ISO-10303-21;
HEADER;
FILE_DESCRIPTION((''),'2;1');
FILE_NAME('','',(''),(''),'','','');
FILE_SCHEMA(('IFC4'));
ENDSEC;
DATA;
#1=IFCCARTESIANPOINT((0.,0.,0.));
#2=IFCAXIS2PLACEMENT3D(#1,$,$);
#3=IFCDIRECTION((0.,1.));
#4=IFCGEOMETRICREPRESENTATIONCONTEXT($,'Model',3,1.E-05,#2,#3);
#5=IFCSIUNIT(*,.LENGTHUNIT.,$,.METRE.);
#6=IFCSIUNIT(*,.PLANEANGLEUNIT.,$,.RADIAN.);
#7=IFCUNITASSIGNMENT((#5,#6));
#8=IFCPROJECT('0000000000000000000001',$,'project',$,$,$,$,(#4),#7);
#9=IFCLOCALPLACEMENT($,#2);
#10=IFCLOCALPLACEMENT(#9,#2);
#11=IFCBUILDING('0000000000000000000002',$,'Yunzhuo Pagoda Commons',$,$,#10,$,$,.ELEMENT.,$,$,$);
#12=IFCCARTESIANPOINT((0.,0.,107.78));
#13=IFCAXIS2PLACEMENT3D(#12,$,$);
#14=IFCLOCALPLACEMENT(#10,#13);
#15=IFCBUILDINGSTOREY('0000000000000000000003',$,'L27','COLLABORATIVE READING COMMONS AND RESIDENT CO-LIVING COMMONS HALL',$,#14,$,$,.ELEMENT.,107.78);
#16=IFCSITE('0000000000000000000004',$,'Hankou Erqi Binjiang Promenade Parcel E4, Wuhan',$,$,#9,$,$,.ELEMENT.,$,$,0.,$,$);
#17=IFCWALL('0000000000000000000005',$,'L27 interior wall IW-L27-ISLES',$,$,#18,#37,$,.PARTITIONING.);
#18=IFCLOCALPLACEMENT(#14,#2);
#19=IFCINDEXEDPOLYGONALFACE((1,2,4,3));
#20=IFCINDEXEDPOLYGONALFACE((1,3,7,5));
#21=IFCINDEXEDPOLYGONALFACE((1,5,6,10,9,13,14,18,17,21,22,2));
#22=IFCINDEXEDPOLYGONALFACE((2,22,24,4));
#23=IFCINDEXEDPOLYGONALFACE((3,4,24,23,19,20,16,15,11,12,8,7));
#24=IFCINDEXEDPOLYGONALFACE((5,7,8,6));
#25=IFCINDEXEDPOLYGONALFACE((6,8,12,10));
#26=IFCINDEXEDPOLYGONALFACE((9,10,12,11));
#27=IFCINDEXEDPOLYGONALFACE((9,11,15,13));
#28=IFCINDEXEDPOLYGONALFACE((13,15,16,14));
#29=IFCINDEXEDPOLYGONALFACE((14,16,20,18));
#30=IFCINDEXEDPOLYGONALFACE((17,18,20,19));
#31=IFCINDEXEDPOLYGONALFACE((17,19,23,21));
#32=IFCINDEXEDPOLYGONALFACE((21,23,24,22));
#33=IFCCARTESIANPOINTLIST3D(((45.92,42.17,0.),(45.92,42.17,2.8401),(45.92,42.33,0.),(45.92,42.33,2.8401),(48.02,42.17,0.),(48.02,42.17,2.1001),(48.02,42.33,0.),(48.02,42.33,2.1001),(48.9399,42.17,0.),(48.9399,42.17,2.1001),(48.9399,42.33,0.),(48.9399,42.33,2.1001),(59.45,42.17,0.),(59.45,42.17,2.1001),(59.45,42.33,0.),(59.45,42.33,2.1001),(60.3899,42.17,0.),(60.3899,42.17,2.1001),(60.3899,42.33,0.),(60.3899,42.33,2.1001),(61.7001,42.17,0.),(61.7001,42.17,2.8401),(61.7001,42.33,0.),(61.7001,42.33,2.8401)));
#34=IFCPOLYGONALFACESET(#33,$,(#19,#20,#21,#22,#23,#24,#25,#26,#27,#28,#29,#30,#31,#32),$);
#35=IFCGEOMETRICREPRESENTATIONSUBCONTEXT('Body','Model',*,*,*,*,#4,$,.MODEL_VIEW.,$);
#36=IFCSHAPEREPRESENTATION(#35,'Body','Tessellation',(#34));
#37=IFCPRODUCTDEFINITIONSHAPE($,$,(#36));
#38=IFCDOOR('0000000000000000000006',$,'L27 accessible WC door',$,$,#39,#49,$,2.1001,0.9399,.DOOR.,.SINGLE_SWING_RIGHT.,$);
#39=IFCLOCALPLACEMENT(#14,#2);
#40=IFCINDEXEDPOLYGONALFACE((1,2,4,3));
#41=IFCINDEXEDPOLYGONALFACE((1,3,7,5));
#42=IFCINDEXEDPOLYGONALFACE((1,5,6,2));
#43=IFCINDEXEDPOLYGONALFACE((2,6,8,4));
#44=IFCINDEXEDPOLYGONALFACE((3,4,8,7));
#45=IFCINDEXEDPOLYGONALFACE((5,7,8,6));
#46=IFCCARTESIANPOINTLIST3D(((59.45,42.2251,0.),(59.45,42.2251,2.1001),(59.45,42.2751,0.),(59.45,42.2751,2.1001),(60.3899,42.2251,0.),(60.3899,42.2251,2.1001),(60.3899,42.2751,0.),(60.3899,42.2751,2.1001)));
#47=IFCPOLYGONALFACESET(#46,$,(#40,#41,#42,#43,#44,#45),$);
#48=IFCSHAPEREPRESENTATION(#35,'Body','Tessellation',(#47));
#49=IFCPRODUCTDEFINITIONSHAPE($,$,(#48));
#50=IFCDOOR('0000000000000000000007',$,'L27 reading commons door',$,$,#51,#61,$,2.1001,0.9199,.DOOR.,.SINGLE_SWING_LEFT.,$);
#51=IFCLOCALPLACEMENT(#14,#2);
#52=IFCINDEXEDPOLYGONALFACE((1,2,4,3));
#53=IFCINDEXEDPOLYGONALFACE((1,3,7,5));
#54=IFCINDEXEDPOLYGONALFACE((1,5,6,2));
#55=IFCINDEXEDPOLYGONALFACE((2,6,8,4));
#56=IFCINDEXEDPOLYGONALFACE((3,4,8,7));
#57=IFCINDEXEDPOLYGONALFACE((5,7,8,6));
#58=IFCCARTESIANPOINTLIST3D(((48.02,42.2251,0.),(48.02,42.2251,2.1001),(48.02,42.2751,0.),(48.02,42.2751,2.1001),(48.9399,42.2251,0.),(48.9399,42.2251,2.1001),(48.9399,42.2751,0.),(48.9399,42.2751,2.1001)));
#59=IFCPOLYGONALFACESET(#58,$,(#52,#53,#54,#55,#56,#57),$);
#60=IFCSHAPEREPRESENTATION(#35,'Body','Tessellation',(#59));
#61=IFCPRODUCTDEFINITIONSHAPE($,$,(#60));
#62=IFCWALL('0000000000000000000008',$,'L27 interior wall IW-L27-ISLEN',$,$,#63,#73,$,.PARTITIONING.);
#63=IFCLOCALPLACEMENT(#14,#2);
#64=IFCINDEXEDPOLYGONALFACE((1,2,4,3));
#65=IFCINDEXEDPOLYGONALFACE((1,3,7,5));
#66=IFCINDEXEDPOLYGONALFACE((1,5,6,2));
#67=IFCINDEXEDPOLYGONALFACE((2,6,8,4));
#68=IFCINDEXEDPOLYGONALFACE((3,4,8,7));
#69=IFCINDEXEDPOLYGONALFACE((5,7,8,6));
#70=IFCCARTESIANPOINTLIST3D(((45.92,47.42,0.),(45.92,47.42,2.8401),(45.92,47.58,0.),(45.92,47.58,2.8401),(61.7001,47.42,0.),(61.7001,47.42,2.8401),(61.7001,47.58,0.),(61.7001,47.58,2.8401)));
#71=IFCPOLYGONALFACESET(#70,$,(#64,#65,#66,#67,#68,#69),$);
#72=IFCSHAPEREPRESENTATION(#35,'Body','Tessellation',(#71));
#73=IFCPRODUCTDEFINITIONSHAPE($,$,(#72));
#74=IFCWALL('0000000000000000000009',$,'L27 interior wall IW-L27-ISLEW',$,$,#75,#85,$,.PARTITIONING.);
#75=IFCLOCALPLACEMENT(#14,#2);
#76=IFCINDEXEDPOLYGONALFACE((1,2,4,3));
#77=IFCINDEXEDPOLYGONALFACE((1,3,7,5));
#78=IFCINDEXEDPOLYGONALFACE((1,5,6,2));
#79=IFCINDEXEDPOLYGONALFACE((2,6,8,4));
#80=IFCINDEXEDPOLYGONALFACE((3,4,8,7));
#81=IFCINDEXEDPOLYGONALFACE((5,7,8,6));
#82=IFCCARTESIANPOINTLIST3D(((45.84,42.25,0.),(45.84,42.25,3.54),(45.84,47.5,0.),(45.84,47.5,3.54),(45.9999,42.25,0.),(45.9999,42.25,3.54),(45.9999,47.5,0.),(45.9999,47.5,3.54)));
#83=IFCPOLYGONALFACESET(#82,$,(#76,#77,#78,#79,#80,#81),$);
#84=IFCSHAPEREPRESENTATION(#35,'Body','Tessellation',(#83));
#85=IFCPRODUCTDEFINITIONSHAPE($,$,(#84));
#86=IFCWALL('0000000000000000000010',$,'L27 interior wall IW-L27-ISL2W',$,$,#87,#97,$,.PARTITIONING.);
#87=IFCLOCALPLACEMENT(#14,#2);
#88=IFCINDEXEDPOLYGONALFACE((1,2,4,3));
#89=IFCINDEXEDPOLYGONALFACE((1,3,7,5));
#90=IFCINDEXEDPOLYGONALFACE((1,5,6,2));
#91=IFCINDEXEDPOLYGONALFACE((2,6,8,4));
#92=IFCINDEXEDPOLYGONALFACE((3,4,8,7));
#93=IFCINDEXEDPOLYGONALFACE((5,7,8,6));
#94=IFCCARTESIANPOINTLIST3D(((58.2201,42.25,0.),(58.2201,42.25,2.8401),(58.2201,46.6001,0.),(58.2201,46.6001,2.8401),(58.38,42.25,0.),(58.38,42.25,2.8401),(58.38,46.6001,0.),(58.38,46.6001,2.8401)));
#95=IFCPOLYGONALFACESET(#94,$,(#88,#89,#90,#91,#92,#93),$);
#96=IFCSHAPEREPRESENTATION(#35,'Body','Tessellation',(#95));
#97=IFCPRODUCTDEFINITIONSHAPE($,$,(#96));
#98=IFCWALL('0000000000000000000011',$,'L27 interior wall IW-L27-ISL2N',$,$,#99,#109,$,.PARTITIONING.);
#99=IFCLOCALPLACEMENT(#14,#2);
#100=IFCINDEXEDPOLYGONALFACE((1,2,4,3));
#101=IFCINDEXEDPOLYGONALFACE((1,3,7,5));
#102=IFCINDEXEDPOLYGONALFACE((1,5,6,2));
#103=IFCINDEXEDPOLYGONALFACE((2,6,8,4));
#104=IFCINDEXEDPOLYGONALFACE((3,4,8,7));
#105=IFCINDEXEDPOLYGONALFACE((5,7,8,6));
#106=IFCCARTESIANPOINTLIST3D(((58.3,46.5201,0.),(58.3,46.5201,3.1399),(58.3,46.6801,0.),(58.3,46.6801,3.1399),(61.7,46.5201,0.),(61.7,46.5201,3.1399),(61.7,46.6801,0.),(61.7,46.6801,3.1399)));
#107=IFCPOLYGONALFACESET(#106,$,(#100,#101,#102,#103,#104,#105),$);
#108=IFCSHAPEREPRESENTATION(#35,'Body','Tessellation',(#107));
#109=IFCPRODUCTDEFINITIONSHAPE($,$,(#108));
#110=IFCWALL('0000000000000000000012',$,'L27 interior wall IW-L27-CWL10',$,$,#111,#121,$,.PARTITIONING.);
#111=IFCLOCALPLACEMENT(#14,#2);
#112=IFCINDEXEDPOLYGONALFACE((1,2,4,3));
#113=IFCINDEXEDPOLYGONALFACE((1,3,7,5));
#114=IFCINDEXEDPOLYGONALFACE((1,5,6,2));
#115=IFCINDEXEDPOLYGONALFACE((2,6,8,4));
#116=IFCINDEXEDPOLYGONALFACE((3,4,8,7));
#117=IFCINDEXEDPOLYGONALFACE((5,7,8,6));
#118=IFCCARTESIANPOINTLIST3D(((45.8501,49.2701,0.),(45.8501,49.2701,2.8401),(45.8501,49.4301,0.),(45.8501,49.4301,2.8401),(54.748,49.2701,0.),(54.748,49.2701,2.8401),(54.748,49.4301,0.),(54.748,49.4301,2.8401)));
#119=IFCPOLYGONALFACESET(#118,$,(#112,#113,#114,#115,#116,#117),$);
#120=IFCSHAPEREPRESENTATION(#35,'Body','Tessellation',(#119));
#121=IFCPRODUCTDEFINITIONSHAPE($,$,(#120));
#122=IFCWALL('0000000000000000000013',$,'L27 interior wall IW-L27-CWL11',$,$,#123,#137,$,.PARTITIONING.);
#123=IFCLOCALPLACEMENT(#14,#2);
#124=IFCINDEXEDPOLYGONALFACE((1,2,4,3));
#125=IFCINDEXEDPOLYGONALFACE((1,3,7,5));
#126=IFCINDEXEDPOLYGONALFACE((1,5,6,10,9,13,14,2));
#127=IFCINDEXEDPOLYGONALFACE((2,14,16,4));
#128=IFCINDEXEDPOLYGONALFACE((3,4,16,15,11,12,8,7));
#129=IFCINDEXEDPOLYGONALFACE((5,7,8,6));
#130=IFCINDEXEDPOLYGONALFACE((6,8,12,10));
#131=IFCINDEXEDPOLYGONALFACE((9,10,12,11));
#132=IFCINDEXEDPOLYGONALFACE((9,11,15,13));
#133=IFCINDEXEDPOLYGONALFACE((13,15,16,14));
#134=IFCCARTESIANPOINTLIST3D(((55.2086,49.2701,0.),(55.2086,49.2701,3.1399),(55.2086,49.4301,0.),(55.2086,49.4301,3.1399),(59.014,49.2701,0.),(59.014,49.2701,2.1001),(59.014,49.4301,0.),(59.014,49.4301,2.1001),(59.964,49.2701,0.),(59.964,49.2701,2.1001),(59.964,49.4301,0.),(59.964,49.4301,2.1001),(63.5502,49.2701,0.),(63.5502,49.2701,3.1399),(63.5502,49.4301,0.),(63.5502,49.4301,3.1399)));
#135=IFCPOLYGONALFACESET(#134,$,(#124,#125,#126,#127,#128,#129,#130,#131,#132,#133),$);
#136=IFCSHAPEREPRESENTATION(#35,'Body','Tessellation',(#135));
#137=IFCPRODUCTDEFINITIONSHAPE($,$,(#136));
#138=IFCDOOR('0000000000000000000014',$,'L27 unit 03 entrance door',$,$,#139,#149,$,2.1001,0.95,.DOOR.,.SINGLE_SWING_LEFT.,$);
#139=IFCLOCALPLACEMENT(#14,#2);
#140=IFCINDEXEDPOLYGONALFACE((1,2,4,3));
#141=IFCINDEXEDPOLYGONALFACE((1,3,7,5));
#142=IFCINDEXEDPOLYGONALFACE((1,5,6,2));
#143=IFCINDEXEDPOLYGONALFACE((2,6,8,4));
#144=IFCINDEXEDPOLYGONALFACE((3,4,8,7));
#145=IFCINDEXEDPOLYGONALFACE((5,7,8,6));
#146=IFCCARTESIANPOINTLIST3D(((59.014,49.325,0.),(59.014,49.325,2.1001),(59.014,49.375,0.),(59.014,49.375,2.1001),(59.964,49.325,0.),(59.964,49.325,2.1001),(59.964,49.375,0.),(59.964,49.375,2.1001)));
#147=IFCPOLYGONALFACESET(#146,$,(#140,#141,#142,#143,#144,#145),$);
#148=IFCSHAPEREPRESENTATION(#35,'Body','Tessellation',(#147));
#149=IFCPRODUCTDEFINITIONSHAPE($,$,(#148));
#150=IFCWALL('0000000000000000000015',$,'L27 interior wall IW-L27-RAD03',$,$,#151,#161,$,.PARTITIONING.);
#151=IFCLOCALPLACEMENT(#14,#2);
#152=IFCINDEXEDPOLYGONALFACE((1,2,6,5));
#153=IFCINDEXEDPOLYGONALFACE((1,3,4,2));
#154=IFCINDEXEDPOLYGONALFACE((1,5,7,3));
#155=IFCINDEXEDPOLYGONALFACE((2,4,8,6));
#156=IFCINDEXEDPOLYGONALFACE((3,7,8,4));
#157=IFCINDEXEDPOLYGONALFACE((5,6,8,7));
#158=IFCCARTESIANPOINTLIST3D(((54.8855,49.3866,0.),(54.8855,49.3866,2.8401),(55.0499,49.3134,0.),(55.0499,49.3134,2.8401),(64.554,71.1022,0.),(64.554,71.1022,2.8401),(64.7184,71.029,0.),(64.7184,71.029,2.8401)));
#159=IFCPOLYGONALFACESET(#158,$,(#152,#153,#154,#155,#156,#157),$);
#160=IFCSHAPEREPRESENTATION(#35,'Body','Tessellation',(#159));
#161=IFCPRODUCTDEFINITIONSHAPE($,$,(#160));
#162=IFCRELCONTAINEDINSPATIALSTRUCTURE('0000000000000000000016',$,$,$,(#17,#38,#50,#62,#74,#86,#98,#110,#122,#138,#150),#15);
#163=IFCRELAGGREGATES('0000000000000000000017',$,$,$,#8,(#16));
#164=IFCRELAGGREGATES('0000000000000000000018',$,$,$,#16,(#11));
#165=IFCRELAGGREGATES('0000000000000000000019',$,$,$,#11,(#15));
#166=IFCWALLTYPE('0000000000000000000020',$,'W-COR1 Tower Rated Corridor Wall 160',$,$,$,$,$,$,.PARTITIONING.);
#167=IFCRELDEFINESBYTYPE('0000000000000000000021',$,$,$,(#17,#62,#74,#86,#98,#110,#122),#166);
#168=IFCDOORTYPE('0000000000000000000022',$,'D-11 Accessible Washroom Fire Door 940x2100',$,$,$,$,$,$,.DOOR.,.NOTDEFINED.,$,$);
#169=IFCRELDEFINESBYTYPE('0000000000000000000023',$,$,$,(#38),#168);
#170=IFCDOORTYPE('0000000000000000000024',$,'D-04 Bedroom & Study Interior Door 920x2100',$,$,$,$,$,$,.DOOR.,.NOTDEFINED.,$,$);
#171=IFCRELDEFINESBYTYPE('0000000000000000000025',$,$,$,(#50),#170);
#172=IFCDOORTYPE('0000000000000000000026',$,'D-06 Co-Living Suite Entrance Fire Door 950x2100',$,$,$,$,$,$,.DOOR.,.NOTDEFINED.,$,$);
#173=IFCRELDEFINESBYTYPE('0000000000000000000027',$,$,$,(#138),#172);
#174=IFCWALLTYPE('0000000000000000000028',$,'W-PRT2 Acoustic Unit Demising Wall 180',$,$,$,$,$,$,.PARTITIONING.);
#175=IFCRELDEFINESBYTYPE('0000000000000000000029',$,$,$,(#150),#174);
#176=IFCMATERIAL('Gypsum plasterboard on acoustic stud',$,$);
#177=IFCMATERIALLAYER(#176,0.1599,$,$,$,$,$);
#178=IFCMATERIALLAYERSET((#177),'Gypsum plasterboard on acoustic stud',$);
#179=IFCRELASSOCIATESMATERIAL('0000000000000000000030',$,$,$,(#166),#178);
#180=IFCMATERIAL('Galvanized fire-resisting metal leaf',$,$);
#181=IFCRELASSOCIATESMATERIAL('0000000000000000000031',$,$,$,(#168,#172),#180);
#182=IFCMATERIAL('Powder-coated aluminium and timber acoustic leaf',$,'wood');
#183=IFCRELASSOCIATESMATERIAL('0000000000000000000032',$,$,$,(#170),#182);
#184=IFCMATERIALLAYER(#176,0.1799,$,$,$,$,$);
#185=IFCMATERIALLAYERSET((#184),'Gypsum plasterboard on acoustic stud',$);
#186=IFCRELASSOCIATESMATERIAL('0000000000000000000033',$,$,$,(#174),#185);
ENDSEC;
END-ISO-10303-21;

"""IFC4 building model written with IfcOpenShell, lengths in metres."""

from ifc_helpers import new_model, si_unit, direction, frame, frame_2d, origin, origin_with_axes, place, context, subcontext, project, spatial, rectangle, extrude, source, transform, mapped, material, layer, layer_set, type_object, element, fill, save


model = new_model("IFC4")

# Units and contexts
model_context = context("Model", 3, precision=1e-05, world=origin(), true_north=direction((0.0, 1.0)))
body_context = subcontext(model_context, "Body", "Model", "MODEL_VIEW")
ifc_project = project(units=[si_unit("LENGTHUNIT", "METRE"), si_unit("PLANEANGLEUNIT", "RADIAN")], contexts=[model_context])

# Site, building, storey
site_placement = place(None, origin())
site = spatial("IfcSite", under=ifc_project, at=site_placement, Name="Hankou Erqi Binjiang Promenade Parcel E4, Wuhan", CompositionType="ELEMENT", RefElevation=0.0)
building_placement = place(site_placement, origin())
building = spatial("IfcBuilding", under=site, at=building_placement, Name="Yunzhuo Pagoda Commons", CompositionType="ELEMENT")
storey_placement = place(building_placement, frame((0.0, 0.0, 107.78)))
storey = spatial("IfcBuildingStorey", under=building, at=storey_placement, Name="L27", Description="COLLABORATIVE READING COMMONS AND RESIDENT CO-LIVING COMMONS HALL", CompositionType="ELEMENT", Elevation=107.78)

# Shared definitions
ifc_material_1 = material(Name="Galvanized fire-resisting metal leaf")

# Wall, openings, doors
ifc_material_2 = material(Name="Gypsum plasterboard on acoustic stud")
ifc_layer_1 = layer(ifc_material_2, 0.1599)
ifc_layer_set_1 = layer_set([ifc_layer_1], Name="Gypsum plasterboard on acoustic stud")
wall_type_1 = type_object("IfcWallType", Name="W-COR1 Tower Rated Corridor Wall 160", PredefinedType="PARTITIONING", material=ifc_layer_set_1)
wall_1_placement = place(storey_placement, frame((45.9199, 42.25, 0.0), z_axis=(0.0, 0.0, 1.0), x_axis=(1.0, 0.0, 0.0)))
wall_1 = element("IfcWall", 1, at=wall_1_placement, inside=storey, type_object=wall_type_1, Name="L27 interior wall IW-L27-ISLES", PredefinedType="PARTITIONING", context=body_context, shape_type="SweptSolid", body=[
    extrude(rectangle(XDim=15.78, YDim=0.1599, at=frame_2d((7.8901, 0.0))), origin(), (0.0, 0.0, 1.0), 2.8401),
])
opening_1_placement = place(wall_1_placement, frame((2.1001, 0.0, 0.0)))
opening_1 = element("IfcOpeningElement", 2, at=opening_1_placement, cuts=wall_1, PredefinedType="OPENING", context=body_context, shape_type="SweptSolid", body=[
    extrude(rectangle(XDim=0.9199, YDim=2.1001, at=frame_2d((0.46, 1.05))), frame((0.0, 0.0898, 0.0), z_axis=(0.0, -1.0, 0.0), x_axis=(1.0, 0.0, 0.0)), (0.0, 0.0, 1.0), 0.1799),
])
opening_2_placement = place(wall_1_placement, frame((13.53, 0.0, 0.0)))
opening_2 = element("IfcOpeningElement", 3, at=opening_2_placement, cuts=wall_1, PredefinedType="OPENING", context=body_context, shape_type="SweptSolid", body=[
    extrude(rectangle(XDim=0.9399, YDim=2.1001, at=frame_2d((0.47, 1.05))), frame((0.0, 0.0898, 0.0), z_axis=(0.0, -1.0, 0.0), x_axis=(1.0, 0.0, 0.0)), (0.0, 0.0, 1.0), 0.1799),
])
door_type_1 = type_object("IfcDoorType", Name="D-11 Accessible Washroom Fire Door 940x2100", OperationType="NOTDEFINED", PredefinedType="DOOR", material=ifc_material_1)
shared_shape_1 = source(origin(), body_context, "Body", "SweptSolid", [
    extrude(rectangle(XDim=0.9399, YDim=2.1001, at=frame_2d((0.47, 1.05))), frame((0.0, 0.0249, 0.0), z_axis=(0.0, -1.0, 0.0), x_axis=(1.0, 0.0, 0.0)), (0.0, 0.0, 1.0), 0.05),
])
door_1_placement = place(opening_2_placement, frame((0.9399, 0.0, 0.0), z_axis=(0.0, 0.0, 1.0), x_axis=(-1.0, 0.0, 0.0)))
door_1 = element("IfcDoor", 4, at=door_1_placement, inside=storey, type_object=door_type_1, Name="L27 accessible WC door", OperationType="SINGLE_SWING_RIGHT", OverallHeight=2.1001, OverallWidth=0.9399, PredefinedType="DOOR", context=body_context, shape_type="MappedRepresentation", body=[
    mapped(shared_shape_1, transform((0.0, 0.0, 0.0), scale=1.0)),
])
fill(opening_2, door_1)
ifc_material_3 = material(Name="Powder-coated aluminium and timber acoustic leaf", Category="wood")
door_type_2 = type_object("IfcDoorType", Name="D-04 Bedroom & Study Interior Door 920x2100", OperationType="NOTDEFINED", PredefinedType="DOOR", material=ifc_material_3)
shared_shape_2 = source(origin(), body_context, "Body", "SweptSolid", [
    extrude(rectangle(XDim=0.9199, YDim=2.1001, at=frame_2d((0.46, 1.05))), frame((0.0, 0.0249, 0.0), z_axis=(0.0, -1.0, 0.0), x_axis=(1.0, 0.0, 0.0)), (0.0, 0.0, 1.0), 0.05),
])
door_2_placement = place(opening_1_placement, frame((0.9199, 0.0, 0.0), z_axis=(0.0, 0.0, 1.0), x_axis=(-1.0, 0.0, 0.0)))
door_2 = element("IfcDoor", 5, at=door_2_placement, inside=storey, type_object=door_type_2, Name="L27 reading commons door", OperationType="SINGLE_SWING_LEFT", OverallHeight=2.1001, OverallWidth=0.9199, PredefinedType="DOOR", context=body_context, shape_type="MappedRepresentation", body=[
    mapped(shared_shape_2, transform((0.0, 0.0, 0.0), scale=1.0)),
])
fill(opening_1, door_2)

# Walls
wall_2_placement = place(storey_placement, frame((45.9199, 47.5, 0.0), z_axis=(0.0, 0.0, 1.0), x_axis=(1.0, 0.0, 0.0)))
element("IfcWall", 6, at=wall_2_placement, inside=storey, type_object=wall_type_1, Name="L27 interior wall IW-L27-ISLEN", PredefinedType="PARTITIONING", context=body_context, shape_type="SweptSolid", body=[
    extrude(rectangle(XDim=15.78, YDim=0.1599, at=frame_2d((7.8901, 0.0))), origin(), (0.0, 0.0, 1.0), 2.8401),
])
wall_3_placement = place(storey_placement, frame((45.9199, 42.25, 0.0), z_axis=(0.0, 0.0, 1.0), x_axis=(0.0, 1.0, 0.0)))
element("IfcWall", 7, at=wall_3_placement, inside=storey, type_object=wall_type_1, Name="L27 interior wall IW-L27-ISLEW", PredefinedType="PARTITIONING", context=body_context, shape_type="SweptSolid", body=[
    extrude(rectangle(XDim=5.25, YDim=0.1599, at=frame_2d((2.625, 0.0))), origin(), (0.0, 0.0, 1.0), 3.54),
])
wall_4_placement = place(storey_placement, frame((58.3, 42.25, 0.0), z_axis=(0.0, 0.0, 1.0), x_axis=(0.0, 1.0, 0.0)))
element("IfcWall", 8, at=wall_4_placement, inside=storey, type_object=wall_type_1, Name="L27 interior wall IW-L27-ISL2W", PredefinedType="PARTITIONING", context=body_context, shape_type="SweptSolid", body=[
    extrude(rectangle(XDim=4.3501, YDim=0.1599, at=frame_2d((2.175, 0.0))), origin(), (0.0, 0.0, 1.0), 2.8401),
])
wall_5_placement = place(storey_placement, frame((58.3, 46.6001, 0.0), z_axis=(0.0, 0.0, 1.0), x_axis=(1.0, 0.0, 0.0)))
element("IfcWall", 9, at=wall_5_placement, inside=storey, type_object=wall_type_1, Name="L27 interior wall IW-L27-ISL2N", PredefinedType="PARTITIONING", context=body_context, shape_type="SweptSolid", body=[
    extrude(rectangle(XDim=3.3999, YDim=0.1599, at=frame_2d((1.7, 0.0))), origin(), (0.0, 0.0, 1.0), 3.1399),
])
wall_6_placement = place(storey_placement, frame((45.8501, 49.3501, 0.0), z_axis=(0.0, 0.0, 1.0), x_axis=(1.0, 0.0, 0.0)))
element("IfcWall", 10, at=wall_6_placement, inside=storey, type_object=wall_type_1, Name="L27 interior wall IW-L27-CWL10", PredefinedType="PARTITIONING", context=body_context, shape_type="SweptSolid", body=[
    extrude(rectangle(XDim=8.8979, YDim=0.1599, at=frame_2d((4.449, 0.0))), origin(), (0.0, 0.0, 1.0), 2.8401),
])

# Wall, opening, door
wall_7_placement = place(storey_placement, frame((55.2085, 49.3501, 0.0), z_axis=(0.0, 0.0, 1.0), x_axis=(1.0, 0.0, 0.0)))
wall_7 = element("IfcWall", 11, at=wall_7_placement, inside=storey, type_object=wall_type_1, Name="L27 interior wall IW-L27-CWL11", PredefinedType="PARTITIONING", context=body_context, shape_type="SweptSolid", body=[
    extrude(rectangle(XDim=8.3416, YDim=0.1599, at=frame_2d((4.1709, 0.0))), origin(), (0.0, 0.0, 1.0), 3.1399),
])
opening_3_placement = place(wall_7_placement, frame((3.8054, 0.0, 0.0)))
opening_3 = element("IfcOpeningElement", 12, at=opening_3_placement, cuts=wall_7, PredefinedType="OPENING", context=body_context, shape_type="SweptSolid", body=[
    extrude(rectangle(XDim=0.95, YDim=2.1001, at=frame_2d((0.4751, 1.05))), frame((0.0, 0.0898, 0.0), z_axis=(0.0, -1.0, 0.0), x_axis=(1.0, 0.0, 0.0)), (0.0, 0.0, 1.0), 0.1799),
])
door_type_3 = type_object("IfcDoorType", Name="D-06 Co-Living Suite Entrance Fire Door 950x2100", OperationType="NOTDEFINED", PredefinedType="DOOR", material=ifc_material_1)
shared_shape_3 = source(origin(), body_context, "Body", "SweptSolid", [
    extrude(rectangle(XDim=0.95, YDim=2.1001, at=frame_2d((0.4751, 1.05))), frame((0.0, 0.0249, 0.0), z_axis=(0.0, -1.0, 0.0), x_axis=(1.0, 0.0, 0.0)), (0.0, 0.0, 1.0), 0.05),
])
door_3_placement = place(opening_3_placement, origin_with_axes())
door_3 = element("IfcDoor", 13, at=door_3_placement, inside=storey, type_object=door_type_3, Name="L27 unit 03 entrance door", OperationType="SINGLE_SWING_LEFT", OverallHeight=2.1001, OverallWidth=0.95, PredefinedType="DOOR", context=body_context, shape_type="MappedRepresentation", body=[
    mapped(shared_shape_3, transform((0.0, 0.0, 0.0), scale=1.0)),
])
fill(opening_3, door_3)

# Wall
ifc_layer_2 = layer(ifc_material_2, 0.1799)
ifc_layer_set_2 = layer_set([ifc_layer_2], Name="Gypsum plasterboard on acoustic stud")
wall_type_2 = type_object("IfcWallType", Name="W-PRT2 Acoustic Unit Demising Wall 180", PredefinedType="PARTITIONING", material=ifc_layer_set_2)
wall_8_placement = place(storey_placement, frame((54.9678, 49.3501, 0.0), z_axis=(0.0, 0.0, 1.0), x_axis=(0.406739, 0.913545, 0.0)))
element("IfcWall", 14, at=wall_8_placement, inside=storey, type_object=wall_type_2, Name="L27 interior wall IW-L27-RAD03", PredefinedType="PARTITIONING", context=body_context, shape_type="SweptSolid", body=[
    extrude(rectangle(XDim=23.7708, YDim=0.1799, at=frame_2d((11.8853, 0.0))), origin(), (0.0, 0.0, 1.0), 2.8401),
])

save(model, "model.ifc")
